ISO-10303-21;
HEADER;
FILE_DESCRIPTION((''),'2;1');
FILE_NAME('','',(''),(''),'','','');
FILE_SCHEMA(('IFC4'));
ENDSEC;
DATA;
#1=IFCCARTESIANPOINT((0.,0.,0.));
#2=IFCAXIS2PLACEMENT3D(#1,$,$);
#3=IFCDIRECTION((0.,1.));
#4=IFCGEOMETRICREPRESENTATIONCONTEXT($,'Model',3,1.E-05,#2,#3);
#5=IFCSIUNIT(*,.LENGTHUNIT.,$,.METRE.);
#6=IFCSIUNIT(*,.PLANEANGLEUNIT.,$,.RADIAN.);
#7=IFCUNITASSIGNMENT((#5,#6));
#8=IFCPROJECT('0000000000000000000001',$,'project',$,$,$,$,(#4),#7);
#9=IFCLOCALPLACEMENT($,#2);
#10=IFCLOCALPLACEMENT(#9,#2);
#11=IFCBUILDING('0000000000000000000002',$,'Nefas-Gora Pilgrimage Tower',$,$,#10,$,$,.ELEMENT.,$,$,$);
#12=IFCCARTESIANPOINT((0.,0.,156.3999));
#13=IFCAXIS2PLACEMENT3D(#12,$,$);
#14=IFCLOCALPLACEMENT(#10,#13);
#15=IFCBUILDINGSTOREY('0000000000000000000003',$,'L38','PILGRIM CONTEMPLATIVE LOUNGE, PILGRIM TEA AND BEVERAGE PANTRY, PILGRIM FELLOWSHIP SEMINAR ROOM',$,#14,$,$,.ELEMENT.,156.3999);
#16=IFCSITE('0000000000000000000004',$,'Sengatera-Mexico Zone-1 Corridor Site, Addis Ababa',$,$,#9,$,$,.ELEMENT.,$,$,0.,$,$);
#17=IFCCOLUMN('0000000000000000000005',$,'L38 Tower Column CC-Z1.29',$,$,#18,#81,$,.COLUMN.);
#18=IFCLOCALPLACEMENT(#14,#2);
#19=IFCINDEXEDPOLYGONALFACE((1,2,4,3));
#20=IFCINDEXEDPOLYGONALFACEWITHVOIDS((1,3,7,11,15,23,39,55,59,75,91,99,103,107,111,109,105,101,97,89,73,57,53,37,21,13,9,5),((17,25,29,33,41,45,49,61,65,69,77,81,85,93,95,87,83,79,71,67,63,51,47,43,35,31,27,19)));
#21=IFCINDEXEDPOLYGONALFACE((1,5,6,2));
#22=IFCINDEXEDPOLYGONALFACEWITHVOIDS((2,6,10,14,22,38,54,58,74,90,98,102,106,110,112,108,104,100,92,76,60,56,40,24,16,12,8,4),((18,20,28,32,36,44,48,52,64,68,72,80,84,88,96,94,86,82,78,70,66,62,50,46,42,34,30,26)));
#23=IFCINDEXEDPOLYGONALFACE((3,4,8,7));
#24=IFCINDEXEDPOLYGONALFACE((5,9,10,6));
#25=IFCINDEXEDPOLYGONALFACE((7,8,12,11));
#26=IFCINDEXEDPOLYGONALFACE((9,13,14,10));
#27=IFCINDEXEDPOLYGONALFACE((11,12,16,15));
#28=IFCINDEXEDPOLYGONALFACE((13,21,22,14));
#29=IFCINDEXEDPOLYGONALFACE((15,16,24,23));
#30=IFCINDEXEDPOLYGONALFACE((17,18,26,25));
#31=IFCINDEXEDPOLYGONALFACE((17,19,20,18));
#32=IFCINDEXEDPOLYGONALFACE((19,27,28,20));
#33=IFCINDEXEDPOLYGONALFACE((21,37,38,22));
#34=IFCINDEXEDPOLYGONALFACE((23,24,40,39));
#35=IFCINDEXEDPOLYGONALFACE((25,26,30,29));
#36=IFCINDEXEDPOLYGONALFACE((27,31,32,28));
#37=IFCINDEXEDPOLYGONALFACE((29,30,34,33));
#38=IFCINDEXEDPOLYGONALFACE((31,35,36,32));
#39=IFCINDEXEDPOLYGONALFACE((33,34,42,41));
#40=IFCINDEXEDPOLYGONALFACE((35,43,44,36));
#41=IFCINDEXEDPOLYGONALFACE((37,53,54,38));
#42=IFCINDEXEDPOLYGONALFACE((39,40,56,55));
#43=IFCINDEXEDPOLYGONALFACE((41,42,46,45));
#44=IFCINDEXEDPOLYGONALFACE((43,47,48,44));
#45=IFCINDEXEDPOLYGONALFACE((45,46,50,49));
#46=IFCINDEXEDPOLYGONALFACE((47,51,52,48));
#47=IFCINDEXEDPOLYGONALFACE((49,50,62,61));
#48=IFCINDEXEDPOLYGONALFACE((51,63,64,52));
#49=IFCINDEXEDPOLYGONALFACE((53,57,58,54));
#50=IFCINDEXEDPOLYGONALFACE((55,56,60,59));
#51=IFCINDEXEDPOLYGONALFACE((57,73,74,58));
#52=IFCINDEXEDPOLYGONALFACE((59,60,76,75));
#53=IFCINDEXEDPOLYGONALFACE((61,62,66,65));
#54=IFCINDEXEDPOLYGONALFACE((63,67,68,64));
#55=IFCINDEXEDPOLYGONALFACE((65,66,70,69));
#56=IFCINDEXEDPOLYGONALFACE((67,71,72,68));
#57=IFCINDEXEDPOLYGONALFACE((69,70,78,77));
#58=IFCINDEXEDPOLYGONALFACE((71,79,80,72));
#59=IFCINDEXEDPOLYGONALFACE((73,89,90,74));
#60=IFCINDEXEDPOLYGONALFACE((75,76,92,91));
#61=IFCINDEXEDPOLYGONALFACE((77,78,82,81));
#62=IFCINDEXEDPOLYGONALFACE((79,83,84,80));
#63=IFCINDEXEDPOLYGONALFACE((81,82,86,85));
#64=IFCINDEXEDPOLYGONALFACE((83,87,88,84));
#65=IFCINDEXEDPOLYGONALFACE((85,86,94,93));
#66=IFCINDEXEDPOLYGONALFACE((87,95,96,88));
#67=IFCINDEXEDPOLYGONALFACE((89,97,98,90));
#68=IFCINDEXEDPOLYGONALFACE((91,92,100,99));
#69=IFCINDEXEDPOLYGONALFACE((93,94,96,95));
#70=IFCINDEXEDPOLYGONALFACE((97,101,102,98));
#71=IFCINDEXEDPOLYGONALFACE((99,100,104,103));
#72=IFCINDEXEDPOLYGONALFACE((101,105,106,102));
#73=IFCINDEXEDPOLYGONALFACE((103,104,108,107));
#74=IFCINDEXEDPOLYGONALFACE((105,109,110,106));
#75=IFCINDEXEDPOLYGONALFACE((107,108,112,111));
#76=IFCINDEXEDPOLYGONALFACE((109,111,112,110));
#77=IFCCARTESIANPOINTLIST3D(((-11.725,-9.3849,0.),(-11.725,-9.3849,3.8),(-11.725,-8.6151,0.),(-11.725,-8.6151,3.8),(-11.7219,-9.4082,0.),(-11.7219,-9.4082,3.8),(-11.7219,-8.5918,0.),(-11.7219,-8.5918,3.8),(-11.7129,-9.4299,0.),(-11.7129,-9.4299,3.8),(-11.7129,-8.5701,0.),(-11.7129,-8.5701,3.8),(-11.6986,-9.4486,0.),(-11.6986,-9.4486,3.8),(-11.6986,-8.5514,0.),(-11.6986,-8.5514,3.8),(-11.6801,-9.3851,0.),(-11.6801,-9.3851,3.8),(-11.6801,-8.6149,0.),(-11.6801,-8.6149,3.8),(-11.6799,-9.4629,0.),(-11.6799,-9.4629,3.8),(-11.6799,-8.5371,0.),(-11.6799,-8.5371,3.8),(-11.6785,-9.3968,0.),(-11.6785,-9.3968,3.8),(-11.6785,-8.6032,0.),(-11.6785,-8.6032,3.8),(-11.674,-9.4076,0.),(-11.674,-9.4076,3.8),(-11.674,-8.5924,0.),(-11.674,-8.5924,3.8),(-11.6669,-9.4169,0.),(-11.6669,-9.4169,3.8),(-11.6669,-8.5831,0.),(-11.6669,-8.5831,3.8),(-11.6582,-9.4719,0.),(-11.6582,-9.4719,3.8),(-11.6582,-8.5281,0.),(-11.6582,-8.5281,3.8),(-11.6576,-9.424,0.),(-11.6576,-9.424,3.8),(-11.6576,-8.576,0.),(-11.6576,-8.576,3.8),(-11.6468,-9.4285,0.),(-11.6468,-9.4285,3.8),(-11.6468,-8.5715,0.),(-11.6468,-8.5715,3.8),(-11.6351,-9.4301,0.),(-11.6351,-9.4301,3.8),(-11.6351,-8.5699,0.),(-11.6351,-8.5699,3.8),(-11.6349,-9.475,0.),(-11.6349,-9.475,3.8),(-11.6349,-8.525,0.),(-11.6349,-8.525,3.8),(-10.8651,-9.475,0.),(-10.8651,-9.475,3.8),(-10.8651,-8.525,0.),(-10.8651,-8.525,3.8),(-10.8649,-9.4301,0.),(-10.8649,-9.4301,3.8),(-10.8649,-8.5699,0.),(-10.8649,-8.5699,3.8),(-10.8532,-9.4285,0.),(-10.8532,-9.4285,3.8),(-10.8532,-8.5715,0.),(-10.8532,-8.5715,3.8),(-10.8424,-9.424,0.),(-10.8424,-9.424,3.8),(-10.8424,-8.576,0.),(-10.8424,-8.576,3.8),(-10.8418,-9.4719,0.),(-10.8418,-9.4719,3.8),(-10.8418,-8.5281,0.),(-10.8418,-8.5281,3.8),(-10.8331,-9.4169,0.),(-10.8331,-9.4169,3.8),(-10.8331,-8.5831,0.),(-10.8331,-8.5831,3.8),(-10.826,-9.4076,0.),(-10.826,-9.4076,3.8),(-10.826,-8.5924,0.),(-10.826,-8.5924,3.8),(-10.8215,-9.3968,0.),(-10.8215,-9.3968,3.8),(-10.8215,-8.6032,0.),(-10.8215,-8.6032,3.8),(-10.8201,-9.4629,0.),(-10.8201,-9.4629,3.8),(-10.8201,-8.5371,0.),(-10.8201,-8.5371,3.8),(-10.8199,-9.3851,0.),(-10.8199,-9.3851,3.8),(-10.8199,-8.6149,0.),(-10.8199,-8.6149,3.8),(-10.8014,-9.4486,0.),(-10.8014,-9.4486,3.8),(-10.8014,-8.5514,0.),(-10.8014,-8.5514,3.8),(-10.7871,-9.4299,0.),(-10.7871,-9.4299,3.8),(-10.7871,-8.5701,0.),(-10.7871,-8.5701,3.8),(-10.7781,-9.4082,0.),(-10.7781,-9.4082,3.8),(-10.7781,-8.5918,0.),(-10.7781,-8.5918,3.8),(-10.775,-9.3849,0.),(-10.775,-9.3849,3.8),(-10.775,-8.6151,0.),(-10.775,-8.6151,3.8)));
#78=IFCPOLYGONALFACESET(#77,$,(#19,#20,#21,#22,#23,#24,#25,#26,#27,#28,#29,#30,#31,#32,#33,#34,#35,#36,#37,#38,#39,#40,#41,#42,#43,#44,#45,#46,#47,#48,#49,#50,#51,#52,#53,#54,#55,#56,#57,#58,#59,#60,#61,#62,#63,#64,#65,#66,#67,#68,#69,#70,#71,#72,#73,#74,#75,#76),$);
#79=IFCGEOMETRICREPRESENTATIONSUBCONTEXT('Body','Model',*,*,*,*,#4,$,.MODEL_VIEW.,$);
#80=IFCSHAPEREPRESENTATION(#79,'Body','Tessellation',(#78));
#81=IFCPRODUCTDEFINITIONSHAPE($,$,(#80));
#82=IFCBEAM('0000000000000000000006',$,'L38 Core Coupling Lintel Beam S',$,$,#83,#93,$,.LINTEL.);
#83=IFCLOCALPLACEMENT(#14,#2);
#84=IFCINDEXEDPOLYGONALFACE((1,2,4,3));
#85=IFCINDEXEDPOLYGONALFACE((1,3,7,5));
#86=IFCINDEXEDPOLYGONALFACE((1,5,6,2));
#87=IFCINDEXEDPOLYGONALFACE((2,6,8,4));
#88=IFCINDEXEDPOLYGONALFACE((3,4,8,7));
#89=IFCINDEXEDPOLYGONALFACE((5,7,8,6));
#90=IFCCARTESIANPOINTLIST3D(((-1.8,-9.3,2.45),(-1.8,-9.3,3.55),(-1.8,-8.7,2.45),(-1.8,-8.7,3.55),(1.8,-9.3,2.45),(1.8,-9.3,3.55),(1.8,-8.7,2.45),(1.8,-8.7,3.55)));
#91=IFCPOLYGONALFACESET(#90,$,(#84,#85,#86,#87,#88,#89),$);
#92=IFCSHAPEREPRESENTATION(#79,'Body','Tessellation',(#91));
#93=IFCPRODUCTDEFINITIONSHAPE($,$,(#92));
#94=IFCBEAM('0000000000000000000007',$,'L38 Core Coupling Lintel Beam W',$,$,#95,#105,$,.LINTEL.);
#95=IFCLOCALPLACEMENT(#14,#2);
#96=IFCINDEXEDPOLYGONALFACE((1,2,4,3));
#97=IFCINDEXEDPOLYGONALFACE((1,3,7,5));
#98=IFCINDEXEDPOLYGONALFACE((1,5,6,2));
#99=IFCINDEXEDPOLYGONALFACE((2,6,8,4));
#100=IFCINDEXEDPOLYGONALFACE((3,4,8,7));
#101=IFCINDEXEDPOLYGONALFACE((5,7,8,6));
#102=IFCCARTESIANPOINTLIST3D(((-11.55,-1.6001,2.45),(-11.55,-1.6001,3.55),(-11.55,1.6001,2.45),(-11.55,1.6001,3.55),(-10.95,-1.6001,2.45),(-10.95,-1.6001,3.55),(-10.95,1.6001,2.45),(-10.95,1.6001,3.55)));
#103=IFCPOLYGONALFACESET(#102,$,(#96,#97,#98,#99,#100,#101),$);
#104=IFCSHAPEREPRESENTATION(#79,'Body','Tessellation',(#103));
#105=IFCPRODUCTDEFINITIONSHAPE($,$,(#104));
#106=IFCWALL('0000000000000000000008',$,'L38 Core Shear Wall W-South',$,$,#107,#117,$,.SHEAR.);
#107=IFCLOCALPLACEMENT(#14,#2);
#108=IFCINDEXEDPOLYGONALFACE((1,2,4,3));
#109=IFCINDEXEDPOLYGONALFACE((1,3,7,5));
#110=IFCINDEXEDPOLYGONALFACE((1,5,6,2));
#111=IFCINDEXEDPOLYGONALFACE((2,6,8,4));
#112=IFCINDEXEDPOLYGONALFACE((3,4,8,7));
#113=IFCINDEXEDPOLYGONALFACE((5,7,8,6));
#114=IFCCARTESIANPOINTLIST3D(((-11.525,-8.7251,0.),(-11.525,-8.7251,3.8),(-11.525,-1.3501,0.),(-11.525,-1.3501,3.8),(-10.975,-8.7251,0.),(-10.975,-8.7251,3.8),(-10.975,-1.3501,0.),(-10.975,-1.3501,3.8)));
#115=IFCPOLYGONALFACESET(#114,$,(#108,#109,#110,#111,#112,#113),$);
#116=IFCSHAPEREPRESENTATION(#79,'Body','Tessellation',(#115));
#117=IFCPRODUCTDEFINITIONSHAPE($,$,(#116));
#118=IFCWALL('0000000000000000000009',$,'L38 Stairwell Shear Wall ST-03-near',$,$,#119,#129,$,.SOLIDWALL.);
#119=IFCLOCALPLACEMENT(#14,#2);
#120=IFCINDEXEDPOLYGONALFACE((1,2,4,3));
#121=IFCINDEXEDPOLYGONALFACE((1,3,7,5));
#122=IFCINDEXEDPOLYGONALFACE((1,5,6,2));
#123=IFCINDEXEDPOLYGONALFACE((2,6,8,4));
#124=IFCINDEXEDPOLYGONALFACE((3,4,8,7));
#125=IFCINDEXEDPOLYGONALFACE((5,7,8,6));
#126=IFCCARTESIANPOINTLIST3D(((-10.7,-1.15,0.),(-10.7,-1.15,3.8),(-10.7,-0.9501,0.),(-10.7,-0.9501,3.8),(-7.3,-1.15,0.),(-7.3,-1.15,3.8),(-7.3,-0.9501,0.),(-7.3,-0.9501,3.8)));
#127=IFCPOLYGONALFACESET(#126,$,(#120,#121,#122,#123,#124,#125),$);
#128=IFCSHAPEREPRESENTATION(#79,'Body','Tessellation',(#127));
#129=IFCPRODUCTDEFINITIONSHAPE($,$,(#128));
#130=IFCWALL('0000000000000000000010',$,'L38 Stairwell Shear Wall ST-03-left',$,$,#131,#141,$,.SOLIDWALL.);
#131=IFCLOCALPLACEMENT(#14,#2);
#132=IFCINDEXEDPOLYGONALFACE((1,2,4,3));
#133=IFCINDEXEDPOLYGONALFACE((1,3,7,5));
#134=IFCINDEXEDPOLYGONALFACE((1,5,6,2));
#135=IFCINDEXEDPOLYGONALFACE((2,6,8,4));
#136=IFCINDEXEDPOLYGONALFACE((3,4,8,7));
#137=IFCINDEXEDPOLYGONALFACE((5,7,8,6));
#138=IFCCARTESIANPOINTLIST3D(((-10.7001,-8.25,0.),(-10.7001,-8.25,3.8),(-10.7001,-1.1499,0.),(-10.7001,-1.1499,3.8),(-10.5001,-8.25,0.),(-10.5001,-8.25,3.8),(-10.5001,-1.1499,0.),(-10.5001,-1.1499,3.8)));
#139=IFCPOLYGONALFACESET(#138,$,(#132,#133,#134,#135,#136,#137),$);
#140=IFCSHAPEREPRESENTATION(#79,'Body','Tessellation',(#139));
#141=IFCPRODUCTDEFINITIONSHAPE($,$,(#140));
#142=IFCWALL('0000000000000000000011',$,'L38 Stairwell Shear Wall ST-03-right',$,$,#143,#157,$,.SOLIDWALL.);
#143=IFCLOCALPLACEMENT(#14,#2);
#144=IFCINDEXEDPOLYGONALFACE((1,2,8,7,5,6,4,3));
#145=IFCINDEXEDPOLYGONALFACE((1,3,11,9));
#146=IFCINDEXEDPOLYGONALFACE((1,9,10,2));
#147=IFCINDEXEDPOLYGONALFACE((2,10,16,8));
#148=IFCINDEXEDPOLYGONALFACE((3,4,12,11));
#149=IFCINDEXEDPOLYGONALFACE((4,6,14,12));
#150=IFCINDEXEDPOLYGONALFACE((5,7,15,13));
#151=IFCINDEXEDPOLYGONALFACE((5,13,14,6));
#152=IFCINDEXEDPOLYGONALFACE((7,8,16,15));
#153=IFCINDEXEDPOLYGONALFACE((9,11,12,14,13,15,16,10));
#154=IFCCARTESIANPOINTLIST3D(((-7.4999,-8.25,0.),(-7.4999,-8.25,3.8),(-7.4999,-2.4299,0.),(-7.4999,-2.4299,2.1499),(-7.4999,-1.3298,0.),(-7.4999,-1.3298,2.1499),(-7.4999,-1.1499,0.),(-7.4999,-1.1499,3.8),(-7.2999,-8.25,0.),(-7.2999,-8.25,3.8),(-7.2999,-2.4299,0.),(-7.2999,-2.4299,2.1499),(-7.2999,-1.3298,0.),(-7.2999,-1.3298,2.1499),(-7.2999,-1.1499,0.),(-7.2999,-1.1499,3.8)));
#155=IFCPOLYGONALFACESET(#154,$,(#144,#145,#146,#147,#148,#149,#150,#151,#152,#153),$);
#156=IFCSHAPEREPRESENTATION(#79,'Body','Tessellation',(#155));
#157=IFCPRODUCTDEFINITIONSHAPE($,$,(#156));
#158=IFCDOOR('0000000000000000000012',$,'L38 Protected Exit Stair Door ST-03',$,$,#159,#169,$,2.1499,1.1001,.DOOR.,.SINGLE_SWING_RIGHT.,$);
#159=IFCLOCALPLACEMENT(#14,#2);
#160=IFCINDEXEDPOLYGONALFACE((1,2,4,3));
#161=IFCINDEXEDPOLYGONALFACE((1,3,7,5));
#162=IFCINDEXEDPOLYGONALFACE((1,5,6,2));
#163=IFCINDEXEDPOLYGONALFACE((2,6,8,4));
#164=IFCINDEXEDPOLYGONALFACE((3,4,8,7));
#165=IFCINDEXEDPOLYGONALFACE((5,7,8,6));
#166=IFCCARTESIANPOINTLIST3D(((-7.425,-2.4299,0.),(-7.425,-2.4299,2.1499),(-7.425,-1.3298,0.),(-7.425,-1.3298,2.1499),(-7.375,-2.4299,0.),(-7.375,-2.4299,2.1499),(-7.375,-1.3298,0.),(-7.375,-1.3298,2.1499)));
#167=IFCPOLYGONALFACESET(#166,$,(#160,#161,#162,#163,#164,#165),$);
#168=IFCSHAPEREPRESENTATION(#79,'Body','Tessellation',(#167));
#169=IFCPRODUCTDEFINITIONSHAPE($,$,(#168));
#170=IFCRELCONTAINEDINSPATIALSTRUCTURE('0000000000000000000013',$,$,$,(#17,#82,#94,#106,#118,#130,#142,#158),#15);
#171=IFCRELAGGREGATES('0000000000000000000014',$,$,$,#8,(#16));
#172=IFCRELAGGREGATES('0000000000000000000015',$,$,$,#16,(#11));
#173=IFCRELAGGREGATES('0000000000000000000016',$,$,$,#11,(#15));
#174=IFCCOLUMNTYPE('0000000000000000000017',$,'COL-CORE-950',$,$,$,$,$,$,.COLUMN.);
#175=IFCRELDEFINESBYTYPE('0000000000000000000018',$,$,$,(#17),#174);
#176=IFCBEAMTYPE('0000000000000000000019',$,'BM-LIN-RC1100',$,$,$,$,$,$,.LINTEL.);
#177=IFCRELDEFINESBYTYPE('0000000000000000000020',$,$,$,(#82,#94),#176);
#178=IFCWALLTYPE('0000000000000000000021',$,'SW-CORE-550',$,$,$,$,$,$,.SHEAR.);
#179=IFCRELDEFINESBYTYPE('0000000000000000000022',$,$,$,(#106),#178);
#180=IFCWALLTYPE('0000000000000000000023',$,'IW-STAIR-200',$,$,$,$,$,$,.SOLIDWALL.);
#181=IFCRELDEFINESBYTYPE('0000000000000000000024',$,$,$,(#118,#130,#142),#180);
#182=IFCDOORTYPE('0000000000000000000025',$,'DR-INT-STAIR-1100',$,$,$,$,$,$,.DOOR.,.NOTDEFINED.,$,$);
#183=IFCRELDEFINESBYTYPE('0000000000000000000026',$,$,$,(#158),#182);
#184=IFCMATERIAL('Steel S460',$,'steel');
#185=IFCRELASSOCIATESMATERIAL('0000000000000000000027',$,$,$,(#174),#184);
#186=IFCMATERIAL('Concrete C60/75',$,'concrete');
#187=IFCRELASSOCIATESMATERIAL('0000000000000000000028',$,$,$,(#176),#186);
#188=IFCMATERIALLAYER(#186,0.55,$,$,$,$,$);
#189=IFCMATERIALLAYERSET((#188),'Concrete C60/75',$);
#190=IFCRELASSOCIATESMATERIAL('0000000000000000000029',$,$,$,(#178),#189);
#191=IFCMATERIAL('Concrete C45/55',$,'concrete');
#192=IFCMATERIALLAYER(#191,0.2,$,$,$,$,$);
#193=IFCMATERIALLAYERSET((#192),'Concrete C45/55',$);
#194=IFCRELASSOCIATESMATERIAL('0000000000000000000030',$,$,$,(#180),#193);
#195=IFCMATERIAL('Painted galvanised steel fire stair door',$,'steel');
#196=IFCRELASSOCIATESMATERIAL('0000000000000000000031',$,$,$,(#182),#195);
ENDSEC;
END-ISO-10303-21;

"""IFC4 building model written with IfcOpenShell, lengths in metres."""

from ifc_helpers import new_model, si_unit, direction, frame, frame_2d, origin, origin_2d, place, context, subcontext, project, spatial, rectangle, hollow_rectangle, extrude, source, transform, mapped, material, layer, layer_set, material_profile, profile_set, type_object, element, fill, save


model = new_model("IFC4")

# Units and contexts
model_context = context("Model", 3, precision=1e-05, world=origin(), true_north=direction((0.0, 1.0)))
body_context = subcontext(model_context, "Body", "Model", "MODEL_VIEW")
ifc_project = project(units=[si_unit("LENGTHUNIT", "METRE"), si_unit("PLANEANGLEUNIT", "RADIAN")], contexts=[model_context])

# Site, building, storey
site_placement = place(None, origin())
site = spatial("IfcSite", under=ifc_project, at=site_placement, Name="Sengatera-Mexico Zone-1 Corridor Site, Addis Ababa", CompositionType="ELEMENT", RefElevation=0.0)
building_placement = place(site_placement, origin())
building = spatial("IfcBuilding", under=site, at=building_placement, Name="Nefas-Gora Pilgrimage Tower", CompositionType="ELEMENT")
storey_placement = place(building_placement, frame((0.0, 0.0, 156.3999)))
storey = spatial("IfcBuildingStorey", under=building, at=storey_placement, Name="L38", Description="PILGRIM CONTEMPLATIVE LOUNGE, PILGRIM TEA AND BEVERAGE PANTRY, PILGRIM FELLOWSHIP SEMINAR ROOM", CompositionType="ELEMENT", Elevation=156.3999)

# Column
ifc_material_1 = material(Name="Steel S460", Category="steel")
ifc_material_profile_1 = material_profile(ifc_material_1, hollow_rectangle(XDim=0.95, YDim=0.95, WallThickness=0.0449, InnerFilletRadius=0.0449, OuterFilletRadius=0.0901, at=origin_2d()), Name="BOX 950x950x45")
ifc_profile_set_1 = profile_set([ifc_material_profile_1], Name="Steel S460")
column_type = type_object("IfcColumnType", Name="COL-CORE-950", PredefinedType="COLUMN", material=ifc_profile_set_1)
shared_shape_1 = source(origin(), body_context, "Body", "SweptSolid", [
    extrude(hollow_rectangle(XDim=0.95, YDim=0.95, WallThickness=0.0449, InnerFilletRadius=0.0449, OuterFilletRadius=0.0901, at=origin_2d()), origin(), (0.0, 0.0, 1.0), 3.8),
])
column_placement = place(storey_placement, frame((-11.25, -9.0, 0.0), z_axis=(0.0, 0.0, 1.0), x_axis=(1.0, 0.0, 0.0)))
element("IfcColumn", 1, at=column_placement, inside=storey, type_object=column_type, Name="L38 Tower Column CC-Z1.29", PredefinedType="COLUMN", context=body_context, shape_type="MappedRepresentation", body=[
    mapped(shared_shape_1, transform((0.0, 0.0, 0.0), x_axis=(1.0, 0.0, 0.0), y_axis=(0.0, 1.0, 0.0), z_axis=(0.0, 0.0, 1.0), scale=1.0)),
])

# Beams
ifc_material_2 = material(Name="Concrete C60/75", Category="concrete")
ifc_material_profile_2 = material_profile(ifc_material_2, rectangle(XDim=0.6001, YDim=1.1001, at=origin_2d()), Name="RC 600x1100")
ifc_profile_set_2 = profile_set([ifc_material_profile_2], Name="Concrete C60/75")
beam_type = type_object("IfcBeamType", Name="BM-LIN-RC1100", PredefinedType="LINTEL", material=ifc_profile_set_2)
shared_shape_2 = source(origin(), body_context, "Body", "SweptSolid", [
    extrude(rectangle(XDim=0.6001, YDim=1.1001, at=origin_2d()), origin(), (0.0, 0.0, 1.0), 3.6001),
])
beam_1_placement = place(storey_placement, frame((-1.8, -9.0, 3.0), z_axis=(1.0, 0.0, 0.0), x_axis=(0.0, 1.0, 0.0)))
element("IfcBeam", 2, at=beam_1_placement, inside=storey, type_object=beam_type, Name="L38 Core Coupling Lintel Beam S", PredefinedType="LINTEL", context=body_context, shape_type="MappedRepresentation", body=[
    mapped(shared_shape_2, transform((0.0, 0.0, 0.0), x_axis=(1.0, 0.0, 0.0), y_axis=(0.0, 1.0, 0.0), z_axis=(0.0, 0.0, 1.0), scale=1.0)),
])
shared_shape_3 = source(origin(), body_context, "Body", "SweptSolid", [
    extrude(rectangle(XDim=0.6001, YDim=1.1001, at=origin_2d()), origin(), (0.0, 0.0, 1.0), 3.2002),
])
beam_2_placement = place(storey_placement, frame((-11.25, -1.6001, 3.0), z_axis=(0.0, 1.0, 0.0), x_axis=(-1.0, 0.0, 0.0)))
element("IfcBeam", 3, at=beam_2_placement, inside=storey, type_object=beam_type, Name="L38 Core Coupling Lintel Beam W", PredefinedType="LINTEL", context=body_context, shape_type="MappedRepresentation", body=[
    mapped(shared_shape_3, transform((0.0, 0.0, 0.0), x_axis=(1.0, 0.0, 0.0), y_axis=(0.0, 1.0, 0.0), z_axis=(0.0, 0.0, 1.0), scale=1.0)),
])

# Walls
ifc_layer_1 = layer(ifc_material_2, 0.55)
ifc_layer_set_1 = layer_set([ifc_layer_1], Name="Concrete C60/75")
wall_type_1 = type_object("IfcWallType", Name="SW-CORE-550", PredefinedType="SHEAR", material=ifc_layer_set_1)
shared_shape_4 = source(origin(), body_context, "Body", "SweptSolid", [
    extrude(rectangle(XDim=7.375, YDim=0.55, at=frame_2d((3.6875, 0.0))), origin(), (0.0, 0.0, 1.0), 3.8),
])
wall_1_placement = place(storey_placement, frame((-11.25, -8.7251, 0.0), z_axis=(0.0, 0.0, 1.0), x_axis=(0.0, 1.0, 0.0)))
element("IfcWall", 4, at=wall_1_placement, inside=storey, type_object=wall_type_1, Name="L38 Core Shear Wall W-South", PredefinedType="SHEAR", context=body_context, shape_type="MappedRepresentation", body=[
    mapped(shared_shape_4, transform((0.0, 0.0, 0.0), x_axis=(1.0, 0.0, 0.0), y_axis=(0.0, 1.0, 0.0), z_axis=(0.0, 0.0, 1.0), scale=1.0)),
])
ifc_material_3 = material(Name="Concrete C45/55", Category="concrete")
ifc_layer_2 = layer(ifc_material_3, 0.2)
ifc_layer_set_2 = layer_set([ifc_layer_2], Name="Concrete C45/55")
wall_type_2 = type_object("IfcWallType", Name="IW-STAIR-200", PredefinedType="SOLIDWALL", material=ifc_layer_set_2)
shared_shape_5 = source(origin(), body_context, "Body", "SweptSolid", [
    extrude(rectangle(XDim=3.3999, YDim=0.2, at=frame_2d((1.7, 0.0))), origin(), (0.0, 0.0, 1.0), 3.8),
])
wall_2_placement = place(storey_placement, frame((-10.7, -1.05, 0.0), z_axis=(0.0, 0.0, 1.0), x_axis=(1.0, 0.0, 0.0)))
element("IfcWall", 5, at=wall_2_placement, inside=storey, type_object=wall_type_2, Name="L38 Stairwell Shear Wall ST-03-near", PredefinedType="SOLIDWALL", context=body_context, shape_type="MappedRepresentation", body=[
    mapped(shared_shape_5, transform((0.0, 0.0, 0.0), x_axis=(1.0, 0.0, 0.0), y_axis=(0.0, 1.0, 0.0), z_axis=(0.0, 0.0, 1.0), scale=1.0)),
])
shared_shape_6 = source(origin(), body_context, "Body", "SweptSolid", [
    extrude(rectangle(XDim=7.1001, YDim=0.2, at=frame_2d((3.55, 0.0))), origin(), (0.0, 0.0, 1.0), 3.8),
])
wall_3_placement = place(storey_placement, frame((-10.6001, -1.1499, 0.0), z_axis=(0.0, 0.0, 1.0), x_axis=(0.0, -1.0, 0.0)))
element("IfcWall", 6, at=wall_3_placement, inside=storey, type_object=wall_type_2, Name="L38 Stairwell Shear Wall ST-03-left", PredefinedType="SOLIDWALL", context=body_context, shape_type="MappedRepresentation", body=[
    mapped(shared_shape_6, transform((0.0, 0.0, 0.0), x_axis=(1.0, 0.0, 0.0), y_axis=(0.0, 1.0, 0.0), z_axis=(0.0, 0.0, 1.0), scale=1.0)),
])

# Wall, opening, door
wall_4_placement = place(storey_placement, frame((-7.3999, -1.1499, 0.0), z_axis=(0.0, 0.0, 1.0), x_axis=(0.0, -1.0, 0.0)))
wall_4 = element("IfcWall", 7, at=wall_4_placement, inside=storey, type_object=wall_type_2, Name="L38 Stairwell Shear Wall ST-03-right", PredefinedType="SOLIDWALL", context=body_context, shape_type="MappedRepresentation", body=[
    mapped(shared_shape_6, transform((0.0, 0.0, 0.0), x_axis=(1.0, 0.0, 0.0), y_axis=(0.0, 1.0, 0.0), z_axis=(0.0, 0.0, 1.0), scale=1.0)),
])
opening_1_placement = place(wall_4_placement, frame((0.1799, 0.0, 0.0)))
opening_1 = element("IfcOpeningElement", 8, at=opening_1_placement, cuts=wall_4, PredefinedType="OPENING", context=body_context, shape_type="SweptSolid", body=[
    extrude(rectangle(XDim=1.1001, YDim=2.1499, at=frame_2d((0.55, 1.075))), frame((0.0, 0.1099, 0.0), z_axis=(0.0, -1.0, 0.0), x_axis=(1.0, 0.0, 0.0)), (0.0, 0.0, 1.0), 0.22),
])
ifc_material_4 = material(Name="Painted galvanised steel fire stair door", Category="steel")
door_type_1 = type_object("IfcDoorType", Name="DR-INT-STAIR-1100", OperationType="NOTDEFINED", PredefinedType="DOOR", material=ifc_material_4)
shared_shape_7 = source(origin(), body_context, "Body", "SweptSolid", [
    extrude(rectangle(XDim=1.1001, YDim=2.1499, at=frame_2d((0.55, 1.075))), frame((0.0, 0.0249, 0.0), z_axis=(0.0, -1.0, 0.0), x_axis=(1.0, 0.0, 0.0)), (0.0, 0.0, 1.0), 0.05),
])
door_1_placement = place(opening_1_placement, origin())
door_1 = element("IfcDoor", 9, at=door_1_placement, inside=storey, type_object=door_type_1, Name="L38 Protected Exit Stair Door ST-03", OperationType="SINGLE_SWING_RIGHT", OverallHeight=2.1499, OverallWidth=1.1001, PredefinedType="DOOR", context=body_context, shape_type="MappedRepresentation", body=[
    mapped(shared_shape_7, transform((0.0, 0.0, 0.0), x_axis=(1.0, 0.0, 0.0), y_axis=(0.0, 1.0, 0.0), z_axis=(0.0, 0.0, 1.0), scale=1.0)),
])
fill(opening_1, door_1)

save(model, "model.ifc")
